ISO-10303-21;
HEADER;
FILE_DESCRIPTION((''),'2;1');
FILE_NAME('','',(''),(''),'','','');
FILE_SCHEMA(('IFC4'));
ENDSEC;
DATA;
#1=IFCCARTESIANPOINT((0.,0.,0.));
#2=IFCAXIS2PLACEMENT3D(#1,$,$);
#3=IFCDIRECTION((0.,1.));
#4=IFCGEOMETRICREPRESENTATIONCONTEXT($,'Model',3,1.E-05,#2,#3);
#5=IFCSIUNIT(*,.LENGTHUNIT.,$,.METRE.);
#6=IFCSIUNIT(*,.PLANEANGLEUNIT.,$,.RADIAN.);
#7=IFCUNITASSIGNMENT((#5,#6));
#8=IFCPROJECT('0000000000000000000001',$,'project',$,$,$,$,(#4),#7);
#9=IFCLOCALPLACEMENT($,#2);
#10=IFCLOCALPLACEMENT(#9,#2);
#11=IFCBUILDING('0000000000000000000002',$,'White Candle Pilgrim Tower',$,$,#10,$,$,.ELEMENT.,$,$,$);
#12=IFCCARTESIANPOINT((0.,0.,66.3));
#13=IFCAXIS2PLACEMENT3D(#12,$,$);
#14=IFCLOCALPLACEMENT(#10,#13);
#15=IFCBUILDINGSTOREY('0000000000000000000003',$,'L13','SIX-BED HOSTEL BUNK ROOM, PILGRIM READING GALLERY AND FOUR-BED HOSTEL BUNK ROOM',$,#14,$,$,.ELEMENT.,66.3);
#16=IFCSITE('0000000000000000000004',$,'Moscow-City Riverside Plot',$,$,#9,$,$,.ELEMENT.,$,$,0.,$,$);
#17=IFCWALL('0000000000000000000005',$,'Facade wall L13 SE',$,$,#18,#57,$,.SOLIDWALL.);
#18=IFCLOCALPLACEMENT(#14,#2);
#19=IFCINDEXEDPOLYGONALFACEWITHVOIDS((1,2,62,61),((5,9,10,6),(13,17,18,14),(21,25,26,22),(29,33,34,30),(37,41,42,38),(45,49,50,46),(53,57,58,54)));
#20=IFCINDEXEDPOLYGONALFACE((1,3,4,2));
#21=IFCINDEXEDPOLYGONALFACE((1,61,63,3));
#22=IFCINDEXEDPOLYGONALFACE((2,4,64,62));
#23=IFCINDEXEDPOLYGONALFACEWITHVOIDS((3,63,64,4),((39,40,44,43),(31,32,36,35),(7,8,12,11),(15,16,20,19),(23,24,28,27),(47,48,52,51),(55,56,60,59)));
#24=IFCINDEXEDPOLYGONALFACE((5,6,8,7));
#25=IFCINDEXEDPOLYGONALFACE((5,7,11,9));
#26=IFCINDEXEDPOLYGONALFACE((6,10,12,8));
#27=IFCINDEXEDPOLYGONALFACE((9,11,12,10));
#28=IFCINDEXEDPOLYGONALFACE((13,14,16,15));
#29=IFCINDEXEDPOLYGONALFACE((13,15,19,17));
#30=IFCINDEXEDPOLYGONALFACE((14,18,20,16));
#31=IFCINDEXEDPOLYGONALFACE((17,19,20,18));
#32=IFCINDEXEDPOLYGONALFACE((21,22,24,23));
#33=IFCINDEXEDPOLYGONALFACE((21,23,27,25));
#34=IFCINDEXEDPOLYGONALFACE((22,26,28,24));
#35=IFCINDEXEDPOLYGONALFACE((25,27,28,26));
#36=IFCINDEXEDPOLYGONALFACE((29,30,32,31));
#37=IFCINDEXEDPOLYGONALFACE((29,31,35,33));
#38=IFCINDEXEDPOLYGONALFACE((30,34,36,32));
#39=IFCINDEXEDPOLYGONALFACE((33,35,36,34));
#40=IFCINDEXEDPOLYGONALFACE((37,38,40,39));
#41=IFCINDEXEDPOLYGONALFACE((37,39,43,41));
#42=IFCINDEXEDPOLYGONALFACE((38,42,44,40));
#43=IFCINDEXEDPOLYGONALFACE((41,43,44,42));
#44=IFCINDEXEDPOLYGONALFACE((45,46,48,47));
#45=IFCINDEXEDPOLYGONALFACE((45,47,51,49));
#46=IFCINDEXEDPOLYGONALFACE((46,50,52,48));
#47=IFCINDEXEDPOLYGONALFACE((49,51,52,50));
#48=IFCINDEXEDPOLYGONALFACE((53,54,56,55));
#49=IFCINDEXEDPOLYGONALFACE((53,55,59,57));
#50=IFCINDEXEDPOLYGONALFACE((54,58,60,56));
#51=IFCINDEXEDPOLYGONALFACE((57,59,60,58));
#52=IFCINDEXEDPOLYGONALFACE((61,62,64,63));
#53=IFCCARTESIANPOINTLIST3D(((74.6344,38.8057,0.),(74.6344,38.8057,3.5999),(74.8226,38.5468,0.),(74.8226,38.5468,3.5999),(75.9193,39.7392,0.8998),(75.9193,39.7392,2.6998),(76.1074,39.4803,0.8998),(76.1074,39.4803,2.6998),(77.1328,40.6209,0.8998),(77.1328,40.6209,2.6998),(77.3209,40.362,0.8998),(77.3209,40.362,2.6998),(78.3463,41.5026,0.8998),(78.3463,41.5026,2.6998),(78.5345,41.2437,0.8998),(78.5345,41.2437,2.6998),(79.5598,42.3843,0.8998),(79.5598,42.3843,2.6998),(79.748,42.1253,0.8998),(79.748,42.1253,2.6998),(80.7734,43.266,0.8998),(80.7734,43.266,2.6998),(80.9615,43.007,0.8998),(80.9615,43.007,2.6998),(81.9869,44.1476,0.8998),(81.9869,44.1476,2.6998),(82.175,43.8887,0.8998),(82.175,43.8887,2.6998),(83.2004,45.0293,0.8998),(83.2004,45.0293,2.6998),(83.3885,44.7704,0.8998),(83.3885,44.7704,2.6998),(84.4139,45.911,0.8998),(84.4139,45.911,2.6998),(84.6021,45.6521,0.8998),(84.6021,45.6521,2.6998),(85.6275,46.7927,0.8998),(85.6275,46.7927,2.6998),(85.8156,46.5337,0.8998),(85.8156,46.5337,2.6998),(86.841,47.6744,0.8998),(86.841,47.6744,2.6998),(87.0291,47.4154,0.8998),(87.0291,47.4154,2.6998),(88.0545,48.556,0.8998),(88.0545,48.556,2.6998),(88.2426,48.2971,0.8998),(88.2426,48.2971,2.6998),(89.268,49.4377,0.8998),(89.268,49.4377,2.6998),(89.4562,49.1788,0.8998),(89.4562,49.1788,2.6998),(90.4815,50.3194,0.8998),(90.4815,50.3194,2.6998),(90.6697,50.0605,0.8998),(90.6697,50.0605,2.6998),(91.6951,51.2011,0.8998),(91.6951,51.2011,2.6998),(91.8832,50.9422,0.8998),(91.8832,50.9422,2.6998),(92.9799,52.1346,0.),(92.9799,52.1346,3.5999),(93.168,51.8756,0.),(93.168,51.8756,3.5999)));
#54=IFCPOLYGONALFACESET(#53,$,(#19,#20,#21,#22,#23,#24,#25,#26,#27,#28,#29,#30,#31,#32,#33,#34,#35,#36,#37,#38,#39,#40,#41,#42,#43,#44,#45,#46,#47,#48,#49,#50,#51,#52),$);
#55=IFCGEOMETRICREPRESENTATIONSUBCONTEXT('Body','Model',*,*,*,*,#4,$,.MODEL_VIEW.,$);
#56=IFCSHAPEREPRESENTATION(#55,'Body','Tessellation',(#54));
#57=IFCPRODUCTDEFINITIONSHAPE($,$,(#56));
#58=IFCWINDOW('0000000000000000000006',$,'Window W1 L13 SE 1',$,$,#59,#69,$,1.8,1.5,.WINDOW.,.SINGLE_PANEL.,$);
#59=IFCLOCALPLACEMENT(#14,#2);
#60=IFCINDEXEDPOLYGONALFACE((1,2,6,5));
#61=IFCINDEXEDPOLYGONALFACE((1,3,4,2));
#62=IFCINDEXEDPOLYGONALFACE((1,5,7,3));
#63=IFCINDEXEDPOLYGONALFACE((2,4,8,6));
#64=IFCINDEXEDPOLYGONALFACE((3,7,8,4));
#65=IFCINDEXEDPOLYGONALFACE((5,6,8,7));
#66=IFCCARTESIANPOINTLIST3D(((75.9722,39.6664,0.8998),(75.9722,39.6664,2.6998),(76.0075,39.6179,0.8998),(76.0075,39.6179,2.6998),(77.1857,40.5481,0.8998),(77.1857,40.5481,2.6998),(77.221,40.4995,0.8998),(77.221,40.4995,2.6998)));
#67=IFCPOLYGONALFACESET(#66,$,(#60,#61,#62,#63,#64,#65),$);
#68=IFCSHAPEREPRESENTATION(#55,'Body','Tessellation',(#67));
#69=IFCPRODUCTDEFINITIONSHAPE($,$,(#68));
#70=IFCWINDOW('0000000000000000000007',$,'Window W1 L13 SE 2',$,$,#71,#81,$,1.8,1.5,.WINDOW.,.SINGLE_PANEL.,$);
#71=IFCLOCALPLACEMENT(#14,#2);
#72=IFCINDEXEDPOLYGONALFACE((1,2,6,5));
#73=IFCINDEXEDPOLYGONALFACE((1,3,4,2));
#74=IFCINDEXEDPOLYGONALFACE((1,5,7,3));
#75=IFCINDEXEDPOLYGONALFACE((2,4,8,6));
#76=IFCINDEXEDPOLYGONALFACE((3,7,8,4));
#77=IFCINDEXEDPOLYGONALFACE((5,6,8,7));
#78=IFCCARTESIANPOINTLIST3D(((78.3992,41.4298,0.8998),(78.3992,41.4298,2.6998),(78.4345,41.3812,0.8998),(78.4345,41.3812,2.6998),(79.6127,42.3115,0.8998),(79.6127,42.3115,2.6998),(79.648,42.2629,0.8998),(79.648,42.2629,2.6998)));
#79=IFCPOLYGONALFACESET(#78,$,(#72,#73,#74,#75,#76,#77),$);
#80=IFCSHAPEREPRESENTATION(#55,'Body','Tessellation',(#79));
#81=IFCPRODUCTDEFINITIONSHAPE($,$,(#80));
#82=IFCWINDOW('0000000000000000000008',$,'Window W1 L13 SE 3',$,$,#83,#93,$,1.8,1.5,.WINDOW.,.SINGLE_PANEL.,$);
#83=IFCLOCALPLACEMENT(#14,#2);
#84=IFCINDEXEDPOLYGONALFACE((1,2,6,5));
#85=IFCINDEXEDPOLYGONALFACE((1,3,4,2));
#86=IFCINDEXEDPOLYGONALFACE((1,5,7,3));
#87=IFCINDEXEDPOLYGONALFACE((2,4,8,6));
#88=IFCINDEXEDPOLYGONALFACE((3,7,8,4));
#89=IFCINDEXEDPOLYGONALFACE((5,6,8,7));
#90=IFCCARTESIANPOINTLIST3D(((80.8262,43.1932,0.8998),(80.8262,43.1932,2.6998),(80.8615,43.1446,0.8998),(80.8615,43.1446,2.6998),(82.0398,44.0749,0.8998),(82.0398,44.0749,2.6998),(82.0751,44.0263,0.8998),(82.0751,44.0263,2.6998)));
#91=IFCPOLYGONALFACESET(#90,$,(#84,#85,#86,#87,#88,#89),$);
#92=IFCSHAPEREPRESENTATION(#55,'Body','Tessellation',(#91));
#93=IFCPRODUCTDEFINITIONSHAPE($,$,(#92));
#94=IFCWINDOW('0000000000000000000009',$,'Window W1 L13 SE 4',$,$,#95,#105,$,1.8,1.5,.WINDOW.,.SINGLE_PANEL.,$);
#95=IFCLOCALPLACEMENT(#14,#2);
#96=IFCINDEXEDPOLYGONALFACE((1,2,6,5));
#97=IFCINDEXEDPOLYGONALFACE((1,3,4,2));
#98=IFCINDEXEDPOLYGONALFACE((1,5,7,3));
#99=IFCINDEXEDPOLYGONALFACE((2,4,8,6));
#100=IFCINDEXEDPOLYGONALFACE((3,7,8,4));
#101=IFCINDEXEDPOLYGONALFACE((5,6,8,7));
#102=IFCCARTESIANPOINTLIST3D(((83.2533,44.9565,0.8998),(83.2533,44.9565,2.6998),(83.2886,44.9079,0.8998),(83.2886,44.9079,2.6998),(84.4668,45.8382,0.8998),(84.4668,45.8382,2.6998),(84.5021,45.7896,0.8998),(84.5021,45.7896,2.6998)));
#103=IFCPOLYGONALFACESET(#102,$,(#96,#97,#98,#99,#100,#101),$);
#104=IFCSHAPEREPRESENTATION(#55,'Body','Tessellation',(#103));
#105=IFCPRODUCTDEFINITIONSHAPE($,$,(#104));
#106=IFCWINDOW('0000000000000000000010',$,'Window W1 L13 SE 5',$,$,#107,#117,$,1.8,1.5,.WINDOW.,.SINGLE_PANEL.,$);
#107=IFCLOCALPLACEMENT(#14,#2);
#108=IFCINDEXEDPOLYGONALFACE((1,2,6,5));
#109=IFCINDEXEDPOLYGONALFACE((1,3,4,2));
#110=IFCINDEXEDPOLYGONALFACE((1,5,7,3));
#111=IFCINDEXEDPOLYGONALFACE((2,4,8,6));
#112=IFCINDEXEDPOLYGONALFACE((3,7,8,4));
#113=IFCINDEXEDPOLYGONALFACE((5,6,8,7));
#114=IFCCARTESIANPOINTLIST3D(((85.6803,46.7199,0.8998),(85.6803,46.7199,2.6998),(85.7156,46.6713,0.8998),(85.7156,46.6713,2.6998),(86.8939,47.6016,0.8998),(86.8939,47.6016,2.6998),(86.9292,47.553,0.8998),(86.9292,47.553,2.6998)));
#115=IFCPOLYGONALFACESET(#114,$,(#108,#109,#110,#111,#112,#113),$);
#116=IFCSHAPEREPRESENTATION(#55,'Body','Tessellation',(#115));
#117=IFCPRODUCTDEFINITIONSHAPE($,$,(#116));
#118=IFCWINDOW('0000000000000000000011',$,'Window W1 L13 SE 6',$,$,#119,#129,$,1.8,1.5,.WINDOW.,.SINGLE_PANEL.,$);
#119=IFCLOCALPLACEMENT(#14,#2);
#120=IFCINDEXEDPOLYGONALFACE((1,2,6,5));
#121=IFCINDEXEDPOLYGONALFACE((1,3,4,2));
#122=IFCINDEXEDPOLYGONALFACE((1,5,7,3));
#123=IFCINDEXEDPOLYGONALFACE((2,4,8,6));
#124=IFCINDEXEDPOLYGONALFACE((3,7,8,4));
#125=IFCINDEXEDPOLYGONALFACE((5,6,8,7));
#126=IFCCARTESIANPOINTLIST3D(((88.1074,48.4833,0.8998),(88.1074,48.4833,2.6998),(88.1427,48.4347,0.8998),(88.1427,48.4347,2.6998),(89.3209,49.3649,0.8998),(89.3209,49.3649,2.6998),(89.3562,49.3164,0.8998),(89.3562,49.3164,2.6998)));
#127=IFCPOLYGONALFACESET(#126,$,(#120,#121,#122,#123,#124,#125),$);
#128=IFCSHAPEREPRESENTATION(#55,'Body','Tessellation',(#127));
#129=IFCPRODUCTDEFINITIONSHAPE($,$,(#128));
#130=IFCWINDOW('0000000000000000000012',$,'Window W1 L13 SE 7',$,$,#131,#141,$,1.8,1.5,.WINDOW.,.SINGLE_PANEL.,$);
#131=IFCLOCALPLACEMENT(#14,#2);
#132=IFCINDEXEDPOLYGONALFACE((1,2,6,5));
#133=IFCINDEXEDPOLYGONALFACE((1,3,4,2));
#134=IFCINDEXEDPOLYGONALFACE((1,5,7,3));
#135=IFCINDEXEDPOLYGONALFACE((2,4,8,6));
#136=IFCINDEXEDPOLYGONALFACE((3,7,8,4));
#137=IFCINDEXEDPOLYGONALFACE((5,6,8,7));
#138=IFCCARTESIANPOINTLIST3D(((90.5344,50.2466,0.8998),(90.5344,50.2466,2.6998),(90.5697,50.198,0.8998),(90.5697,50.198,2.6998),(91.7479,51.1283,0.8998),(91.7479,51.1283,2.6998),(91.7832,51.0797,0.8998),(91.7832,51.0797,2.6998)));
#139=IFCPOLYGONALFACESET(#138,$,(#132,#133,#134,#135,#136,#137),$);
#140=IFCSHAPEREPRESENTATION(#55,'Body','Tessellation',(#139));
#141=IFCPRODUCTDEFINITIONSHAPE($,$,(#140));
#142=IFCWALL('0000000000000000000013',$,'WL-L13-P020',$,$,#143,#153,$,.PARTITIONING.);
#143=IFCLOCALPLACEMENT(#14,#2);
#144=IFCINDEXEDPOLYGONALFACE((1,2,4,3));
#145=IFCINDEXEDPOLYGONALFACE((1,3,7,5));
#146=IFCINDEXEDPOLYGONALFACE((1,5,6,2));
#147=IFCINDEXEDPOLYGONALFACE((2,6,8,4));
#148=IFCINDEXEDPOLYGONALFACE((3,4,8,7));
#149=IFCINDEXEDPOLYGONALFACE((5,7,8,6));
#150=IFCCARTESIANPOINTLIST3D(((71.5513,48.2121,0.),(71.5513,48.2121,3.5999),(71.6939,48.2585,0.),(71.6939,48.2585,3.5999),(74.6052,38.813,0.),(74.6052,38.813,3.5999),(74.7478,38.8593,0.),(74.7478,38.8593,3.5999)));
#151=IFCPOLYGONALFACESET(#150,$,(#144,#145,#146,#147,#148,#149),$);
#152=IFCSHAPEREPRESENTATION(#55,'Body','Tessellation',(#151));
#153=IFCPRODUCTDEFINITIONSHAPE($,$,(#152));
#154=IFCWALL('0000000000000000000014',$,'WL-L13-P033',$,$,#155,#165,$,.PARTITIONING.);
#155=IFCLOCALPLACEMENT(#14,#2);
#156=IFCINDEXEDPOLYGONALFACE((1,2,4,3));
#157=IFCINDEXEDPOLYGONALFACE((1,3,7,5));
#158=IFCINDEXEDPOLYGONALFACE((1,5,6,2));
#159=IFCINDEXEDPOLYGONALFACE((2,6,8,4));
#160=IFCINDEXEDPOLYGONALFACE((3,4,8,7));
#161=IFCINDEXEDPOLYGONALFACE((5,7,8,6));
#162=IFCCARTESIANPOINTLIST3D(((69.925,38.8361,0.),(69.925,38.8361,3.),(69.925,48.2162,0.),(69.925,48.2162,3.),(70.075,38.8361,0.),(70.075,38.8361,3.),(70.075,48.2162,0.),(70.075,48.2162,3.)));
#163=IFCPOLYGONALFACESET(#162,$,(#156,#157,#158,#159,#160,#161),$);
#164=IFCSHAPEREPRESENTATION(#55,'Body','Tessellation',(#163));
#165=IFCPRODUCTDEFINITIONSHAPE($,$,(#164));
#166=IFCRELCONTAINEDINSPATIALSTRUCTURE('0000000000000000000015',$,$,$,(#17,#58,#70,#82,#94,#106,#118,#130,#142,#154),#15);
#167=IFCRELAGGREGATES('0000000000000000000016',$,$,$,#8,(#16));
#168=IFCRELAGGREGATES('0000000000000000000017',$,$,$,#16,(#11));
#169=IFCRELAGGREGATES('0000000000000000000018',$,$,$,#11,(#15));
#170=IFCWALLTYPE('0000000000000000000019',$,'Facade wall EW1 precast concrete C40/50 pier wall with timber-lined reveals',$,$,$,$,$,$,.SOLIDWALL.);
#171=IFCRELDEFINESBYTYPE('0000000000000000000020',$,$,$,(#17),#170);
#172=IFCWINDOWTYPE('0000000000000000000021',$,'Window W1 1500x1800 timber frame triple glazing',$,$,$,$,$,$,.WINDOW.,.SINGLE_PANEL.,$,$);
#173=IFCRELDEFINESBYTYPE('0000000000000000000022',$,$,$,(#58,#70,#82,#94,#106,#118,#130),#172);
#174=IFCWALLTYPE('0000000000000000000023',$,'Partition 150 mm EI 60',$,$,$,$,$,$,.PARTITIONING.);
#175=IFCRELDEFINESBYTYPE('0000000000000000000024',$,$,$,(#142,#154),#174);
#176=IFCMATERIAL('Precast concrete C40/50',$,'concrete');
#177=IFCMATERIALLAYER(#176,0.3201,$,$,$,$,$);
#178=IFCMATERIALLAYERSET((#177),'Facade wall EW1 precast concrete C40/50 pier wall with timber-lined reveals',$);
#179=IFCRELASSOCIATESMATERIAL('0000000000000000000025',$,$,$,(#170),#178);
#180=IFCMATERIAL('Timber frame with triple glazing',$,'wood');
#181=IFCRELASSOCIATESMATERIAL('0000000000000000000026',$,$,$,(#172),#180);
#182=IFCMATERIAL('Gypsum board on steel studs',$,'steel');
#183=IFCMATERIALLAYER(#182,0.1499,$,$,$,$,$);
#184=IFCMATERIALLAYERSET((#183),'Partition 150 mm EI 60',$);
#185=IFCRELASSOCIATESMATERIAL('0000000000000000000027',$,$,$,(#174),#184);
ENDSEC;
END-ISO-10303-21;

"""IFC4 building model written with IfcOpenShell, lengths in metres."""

from ifc_helpers import new_model, si_unit, direction, frame, frame_2d, origin, place, context, subcontext, project, spatial, rectangle, extrude, material, layer, layer_set, type_object, element, fill, save


model = new_model("IFC4")

# Units and contexts
model_context = context("Model", 3, precision=1e-05, world=origin(), true_north=direction((0.0, 1.0)))
body_context = subcontext(model_context, "Body", "Model", "MODEL_VIEW")
ifc_project = project(units=[si_unit("LENGTHUNIT", "METRE"), si_unit("PLANEANGLEUNIT", "RADIAN")], contexts=[model_context])

# Site, building, storey
site_placement = place(None, origin())
site = spatial("IfcSite", under=ifc_project, at=site_placement, Name="Moscow-City Riverside Plot", CompositionType="ELEMENT", RefElevation=0.0)
building_placement = place(site_placement, origin())
building = spatial("IfcBuilding", under=site, at=building_placement, Name="White Candle Pilgrim Tower", CompositionType="ELEMENT")
storey_placement = place(building_placement, frame((0.0, 0.0, 66.3)))
storey = spatial("IfcBuildingStorey", under=building, at=storey_placement, Name="L13", Description="SIX-BED HOSTEL BUNK ROOM, PILGRIM READING GALLERY AND FOUR-BED HOSTEL BUNK ROOM", CompositionType="ELEMENT", Elevation=66.3)

# Wall, openings, windows
ifc_material_1 = material(Name="Precast concrete C40/50", Category="concrete")
ifc_layer_1 = layer(ifc_material_1, 0.3201)
ifc_layer_set_1 = layer_set([ifc_layer_1], Name="Facade wall EW1 precast concrete C40/50 pier wall with timber-lined reveals")
wall_type_1 = type_object("IfcWallType", Name="Facade wall EW1 precast concrete C40/50 pier wall with timber-lined reveals", PredefinedType="SOLIDWALL", material=ifc_layer_set_1)
wall_1_placement = place(storey_placement, frame((74.7285, 38.6763, 0.0), z_axis=(0.0, 0.0, 1.0), x_axis=(0.809015, 0.587788, 0.0)))
wall_1 = element("IfcWall", 1, at=wall_1_placement, inside=storey, type_object=wall_type_1, Name="Facade wall L13 SE", PredefinedType="SOLIDWALL", context=body_context, shape_type="SweptSolid", body=[
    extrude(rectangle(XDim=22.6763, YDim=0.3201, at=frame_2d((11.3381, 0.0))), origin(), (0.0, 0.0, 1.0), 3.5999),
])
opening_1_placement = place(wall_1_placement, frame((1.5881, 0.0, 0.8999)))
opening_1 = element("IfcOpeningElement", 2, at=opening_1_placement, cuts=wall_1, PredefinedType="OPENING", context=body_context, shape_type="SweptSolid", body=[
    extrude(rectangle(XDim=1.5, YDim=1.8, at=frame_2d((0.75, 0.8999))), frame((0.0, 0.1699, 0.0), z_axis=(0.0, -1.0, 0.0), x_axis=(1.0, 0.0, 0.0)), (0.0, 0.0, 1.0), 0.3401),
])
opening_2_placement = place(wall_1_placement, frame((4.5881, 0.0, 0.8999)))
opening_2 = element("IfcOpeningElement", 3, at=opening_2_placement, cuts=wall_1, PredefinedType="OPENING", context=body_context, shape_type="SweptSolid", body=[
    extrude(rectangle(XDim=1.5, YDim=1.8, at=frame_2d((0.75, 0.8999))), frame((0.0, 0.1699, 0.0), z_axis=(0.0, -1.0, 0.0), x_axis=(1.0, 0.0, 0.0)), (0.0, 0.0, 1.0), 0.3401),
])
opening_3_placement = place(wall_1_placement, frame((7.5881, 0.0, 0.8999)))
opening_3 = element("IfcOpeningElement", 4, at=opening_3_placement, cuts=wall_1, PredefinedType="OPENING", context=body_context, shape_type="SweptSolid", body=[
    extrude(rectangle(XDim=1.5, YDim=1.8, at=frame_2d((0.75, 0.8999))), frame((0.0, 0.1699, 0.0), z_axis=(0.0, -1.0, 0.0), x_axis=(1.0, 0.0, 0.0)), (0.0, 0.0, 1.0), 0.3401),
])
opening_4_placement = place(wall_1_placement, frame((10.5881, 0.0, 0.8999)))
opening_4 = element("IfcOpeningElement", 5, at=opening_4_placement, cuts=wall_1, PredefinedType="OPENING", context=body_context, shape_type="SweptSolid", body=[
    extrude(rectangle(XDim=1.5, YDim=1.8, at=frame_2d((0.75, 0.8999))), frame((0.0, 0.1699, 0.0), z_axis=(0.0, -1.0, 0.0), x_axis=(1.0, 0.0, 0.0)), (0.0, 0.0, 1.0), 0.3401),
])
opening_5_placement = place(wall_1_placement, frame((13.5881, 0.0, 0.8999)))
opening_5 = element("IfcOpeningElement", 6, at=opening_5_placement, cuts=wall_1, PredefinedType="OPENING", context=body_context, shape_type="SweptSolid", body=[
    extrude(rectangle(XDim=1.5, YDim=1.8, at=frame_2d((0.75, 0.8999))), frame((0.0, 0.1699, 0.0), z_axis=(0.0, -1.0, 0.0), x_axis=(1.0, 0.0, 0.0)), (0.0, 0.0, 1.0), 0.3401),
])
opening_6_placement = place(wall_1_placement, frame((16.5881, 0.0, 0.8999)))
opening_6 = element("IfcOpeningElement", 7, at=opening_6_placement, cuts=wall_1, PredefinedType="OPENING", context=body_context, shape_type="SweptSolid", body=[
    extrude(rectangle(XDim=1.5, YDim=1.8, at=frame_2d((0.75, 0.8999))), frame((0.0, 0.1699, 0.0), z_axis=(0.0, -1.0, 0.0), x_axis=(1.0, 0.0, 0.0)), (0.0, 0.0, 1.0), 0.3401),
])
opening_7_placement = place(wall_1_placement, frame((19.5881, 0.0, 0.8999)))
opening_7 = element("IfcOpeningElement", 8, at=opening_7_placement, cuts=wall_1, PredefinedType="OPENING", context=body_context, shape_type="SweptSolid", body=[
    extrude(rectangle(XDim=1.5, YDim=1.8, at=frame_2d((0.75, 0.8999))), frame((0.0, 0.1699, 0.0), z_axis=(0.0, -1.0, 0.0), x_axis=(1.0, 0.0, 0.0)), (0.0, 0.0, 1.0), 0.3401),
])
ifc_material_2 = material(Name="Timber frame with triple glazing", Category="wood")
window_type = type_object("IfcWindowType", Name="Window W1 1500x1800 timber frame triple glazing", PartitioningType="SINGLE_PANEL", PredefinedType="WINDOW", material=ifc_material_2)
window_1_placement = place(opening_1_placement, origin())
window_1 = element("IfcWindow", 9, at=window_1_placement, inside=storey, type_object=window_type, Name="Window W1 L13 SE 1", OverallHeight=1.8, OverallWidth=1.5, PartitioningType="SINGLE_PANEL", PredefinedType="WINDOW", context=body_context, shape_type="SweptSolid", body=[
    extrude(rectangle(XDim=1.5, YDim=1.8, at=frame_2d((0.75, 0.8999))), frame((0.0, 0.0701, 0.0), z_axis=(0.0, -1.0, 0.0), x_axis=(1.0, 0.0, 0.0)), (0.0, 0.0, 1.0), 0.0601),
])
fill(opening_1, window_1)
window_2_placement = place(opening_2_placement, origin())
window_2 = element("IfcWindow", 10, at=window_2_placement, inside=storey, type_object=window_type, Name="Window W1 L13 SE 2", OverallHeight=1.8, OverallWidth=1.5, PartitioningType="SINGLE_PANEL", PredefinedType="WINDOW", context=body_context, shape_type="SweptSolid", body=[
    extrude(rectangle(XDim=1.5, YDim=1.8, at=frame_2d((0.75, 0.8999))), frame((0.0, 0.0701, 0.0), z_axis=(0.0, -1.0, 0.0), x_axis=(1.0, 0.0, 0.0)), (0.0, 0.0, 1.0), 0.0601),
])
fill(opening_2, window_2)
window_3_placement = place(opening_3_placement, origin())
window_3 = element("IfcWindow", 11, at=window_3_placement, inside=storey, type_object=window_type, Name="Window W1 L13 SE 3", OverallHeight=1.8, OverallWidth=1.5, PartitioningType="SINGLE_PANEL", PredefinedType="WINDOW", context=body_context, shape_type="SweptSolid", body=[
    extrude(rectangle(XDim=1.5, YDim=1.8, at=frame_2d((0.75, 0.8999))), frame((0.0, 0.0701, 0.0), z_axis=(0.0, -1.0, 0.0), x_axis=(1.0, 0.0, 0.0)), (0.0, 0.0, 1.0), 0.0601),
])
fill(opening_3, window_3)
window_4_placement = place(opening_4_placement, origin())
window_4 = element("IfcWindow", 12, at=window_4_placement, inside=storey, type_object=window_type, Name="Window W1 L13 SE 4", OverallHeight=1.8, OverallWidth=1.5, PartitioningType="SINGLE_PANEL", PredefinedType="WINDOW", context=body_context, shape_type="SweptSolid", body=[
    extrude(rectangle(XDim=1.5, YDim=1.8, at=frame_2d((0.75, 0.8999))), frame((0.0, 0.0701, 0.0), z_axis=(0.0, -1.0, 0.0), x_axis=(1.0, 0.0, 0.0)), (0.0, 0.0, 1.0), 0.0601),
])
fill(opening_4, window_4)
window_5_placement = place(opening_5_placement, origin())
window_5 = element("IfcWindow", 13, at=window_5_placement, inside=storey, type_object=window_type, Name="Window W1 L13 SE 5", OverallHeight=1.8, OverallWidth=1.5, PartitioningType="SINGLE_PANEL", PredefinedType="WINDOW", context=body_context, shape_type="SweptSolid", body=[
    extrude(rectangle(XDim=1.5, YDim=1.8, at=frame_2d((0.75, 0.8999))), frame((0.0, 0.0701, 0.0), z_axis=(0.0, -1.0, 0.0), x_axis=(1.0, 0.0, 0.0)), (0.0, 0.0, 1.0), 0.0601),
])
fill(opening_5, window_5)
window_6_placement = place(opening_6_placement, origin())
window_6 = element("IfcWindow", 14, at=window_6_placement, inside=storey, type_object=window_type, Name="Window W1 L13 SE 6", OverallHeight=1.8, OverallWidth=1.5, PartitioningType="SINGLE_PANEL", PredefinedType="WINDOW", context=body_context, shape_type="SweptSolid", body=[
    extrude(rectangle(XDim=1.5, YDim=1.8, at=frame_2d((0.75, 0.8999))), frame((0.0, 0.0701, 0.0), z_axis=(0.0, -1.0, 0.0), x_axis=(1.0, 0.0, 0.0)), (0.0, 0.0, 1.0), 0.0601),
])
fill(opening_6, window_6)
window_7_placement = place(opening_7_placement, origin())
window_7 = element("IfcWindow", 15, at=window_7_placement, inside=storey, type_object=window_type, Name="Window W1 L13 SE 7", OverallHeight=1.8, OverallWidth=1.5, PartitioningType="SINGLE_PANEL", PredefinedType="WINDOW", context=body_context, shape_type="SweptSolid", body=[
    extrude(rectangle(XDim=1.5, YDim=1.8, at=frame_2d((0.75, 0.8999))), frame((0.0, 0.0701, 0.0), z_axis=(0.0, -1.0, 0.0), x_axis=(1.0, 0.0, 0.0)), (0.0, 0.0, 1.0), 0.0601),
])
fill(opening_7, window_7)

# Walls
ifc_material_3 = material(Name="Gypsum board on steel studs", Category="steel")
ifc_layer_2 = layer(ifc_material_3, 0.1499)
ifc_layer_set_2 = layer_set([ifc_layer_2], Name="Partition 150 mm EI 60")
wall_type_2 = type_object("IfcWallType", Name="Partition 150 mm EI 60", PredefinedType="PARTITIONING", material=ifc_layer_set_2)
wall_2_placement = place(storey_placement, frame((74.6765, 38.8362, 0.0), z_axis=(0.0, 0.0, 1.0), x_axis=(-0.309015, 0.951057, 0.0)))
element("IfcWall", 16, at=wall_2_placement, inside=storey, type_object=wall_type_2, Name="WL-L13-P020", PredefinedType="PARTITIONING", context=body_context, shape_type="SweptSolid", body=[
    extrude(rectangle(XDim=9.8828, YDim=0.1499, at=frame_2d((4.9414, 0.0))), origin(), (0.0, 0.0, 1.0), 3.5999),
])
wall_3_placement = place(storey_placement, frame((70.0, 38.8362, 0.0), z_axis=(0.0, 0.0, 1.0), x_axis=(0.0, 1.0, 0.0)))
element("IfcWall", 17, at=wall_3_placement, inside=storey, type_object=wall_type_2, Name="WL-L13-P033", PredefinedType="PARTITIONING", context=body_context, shape_type="SweptSolid", body=[
    extrude(rectangle(XDim=9.3801, YDim=0.1499, at=frame_2d((4.6899, 0.0))), origin(), (0.0, 0.0, 1.0), 3.0),
])

save(model, "model.ifc")
